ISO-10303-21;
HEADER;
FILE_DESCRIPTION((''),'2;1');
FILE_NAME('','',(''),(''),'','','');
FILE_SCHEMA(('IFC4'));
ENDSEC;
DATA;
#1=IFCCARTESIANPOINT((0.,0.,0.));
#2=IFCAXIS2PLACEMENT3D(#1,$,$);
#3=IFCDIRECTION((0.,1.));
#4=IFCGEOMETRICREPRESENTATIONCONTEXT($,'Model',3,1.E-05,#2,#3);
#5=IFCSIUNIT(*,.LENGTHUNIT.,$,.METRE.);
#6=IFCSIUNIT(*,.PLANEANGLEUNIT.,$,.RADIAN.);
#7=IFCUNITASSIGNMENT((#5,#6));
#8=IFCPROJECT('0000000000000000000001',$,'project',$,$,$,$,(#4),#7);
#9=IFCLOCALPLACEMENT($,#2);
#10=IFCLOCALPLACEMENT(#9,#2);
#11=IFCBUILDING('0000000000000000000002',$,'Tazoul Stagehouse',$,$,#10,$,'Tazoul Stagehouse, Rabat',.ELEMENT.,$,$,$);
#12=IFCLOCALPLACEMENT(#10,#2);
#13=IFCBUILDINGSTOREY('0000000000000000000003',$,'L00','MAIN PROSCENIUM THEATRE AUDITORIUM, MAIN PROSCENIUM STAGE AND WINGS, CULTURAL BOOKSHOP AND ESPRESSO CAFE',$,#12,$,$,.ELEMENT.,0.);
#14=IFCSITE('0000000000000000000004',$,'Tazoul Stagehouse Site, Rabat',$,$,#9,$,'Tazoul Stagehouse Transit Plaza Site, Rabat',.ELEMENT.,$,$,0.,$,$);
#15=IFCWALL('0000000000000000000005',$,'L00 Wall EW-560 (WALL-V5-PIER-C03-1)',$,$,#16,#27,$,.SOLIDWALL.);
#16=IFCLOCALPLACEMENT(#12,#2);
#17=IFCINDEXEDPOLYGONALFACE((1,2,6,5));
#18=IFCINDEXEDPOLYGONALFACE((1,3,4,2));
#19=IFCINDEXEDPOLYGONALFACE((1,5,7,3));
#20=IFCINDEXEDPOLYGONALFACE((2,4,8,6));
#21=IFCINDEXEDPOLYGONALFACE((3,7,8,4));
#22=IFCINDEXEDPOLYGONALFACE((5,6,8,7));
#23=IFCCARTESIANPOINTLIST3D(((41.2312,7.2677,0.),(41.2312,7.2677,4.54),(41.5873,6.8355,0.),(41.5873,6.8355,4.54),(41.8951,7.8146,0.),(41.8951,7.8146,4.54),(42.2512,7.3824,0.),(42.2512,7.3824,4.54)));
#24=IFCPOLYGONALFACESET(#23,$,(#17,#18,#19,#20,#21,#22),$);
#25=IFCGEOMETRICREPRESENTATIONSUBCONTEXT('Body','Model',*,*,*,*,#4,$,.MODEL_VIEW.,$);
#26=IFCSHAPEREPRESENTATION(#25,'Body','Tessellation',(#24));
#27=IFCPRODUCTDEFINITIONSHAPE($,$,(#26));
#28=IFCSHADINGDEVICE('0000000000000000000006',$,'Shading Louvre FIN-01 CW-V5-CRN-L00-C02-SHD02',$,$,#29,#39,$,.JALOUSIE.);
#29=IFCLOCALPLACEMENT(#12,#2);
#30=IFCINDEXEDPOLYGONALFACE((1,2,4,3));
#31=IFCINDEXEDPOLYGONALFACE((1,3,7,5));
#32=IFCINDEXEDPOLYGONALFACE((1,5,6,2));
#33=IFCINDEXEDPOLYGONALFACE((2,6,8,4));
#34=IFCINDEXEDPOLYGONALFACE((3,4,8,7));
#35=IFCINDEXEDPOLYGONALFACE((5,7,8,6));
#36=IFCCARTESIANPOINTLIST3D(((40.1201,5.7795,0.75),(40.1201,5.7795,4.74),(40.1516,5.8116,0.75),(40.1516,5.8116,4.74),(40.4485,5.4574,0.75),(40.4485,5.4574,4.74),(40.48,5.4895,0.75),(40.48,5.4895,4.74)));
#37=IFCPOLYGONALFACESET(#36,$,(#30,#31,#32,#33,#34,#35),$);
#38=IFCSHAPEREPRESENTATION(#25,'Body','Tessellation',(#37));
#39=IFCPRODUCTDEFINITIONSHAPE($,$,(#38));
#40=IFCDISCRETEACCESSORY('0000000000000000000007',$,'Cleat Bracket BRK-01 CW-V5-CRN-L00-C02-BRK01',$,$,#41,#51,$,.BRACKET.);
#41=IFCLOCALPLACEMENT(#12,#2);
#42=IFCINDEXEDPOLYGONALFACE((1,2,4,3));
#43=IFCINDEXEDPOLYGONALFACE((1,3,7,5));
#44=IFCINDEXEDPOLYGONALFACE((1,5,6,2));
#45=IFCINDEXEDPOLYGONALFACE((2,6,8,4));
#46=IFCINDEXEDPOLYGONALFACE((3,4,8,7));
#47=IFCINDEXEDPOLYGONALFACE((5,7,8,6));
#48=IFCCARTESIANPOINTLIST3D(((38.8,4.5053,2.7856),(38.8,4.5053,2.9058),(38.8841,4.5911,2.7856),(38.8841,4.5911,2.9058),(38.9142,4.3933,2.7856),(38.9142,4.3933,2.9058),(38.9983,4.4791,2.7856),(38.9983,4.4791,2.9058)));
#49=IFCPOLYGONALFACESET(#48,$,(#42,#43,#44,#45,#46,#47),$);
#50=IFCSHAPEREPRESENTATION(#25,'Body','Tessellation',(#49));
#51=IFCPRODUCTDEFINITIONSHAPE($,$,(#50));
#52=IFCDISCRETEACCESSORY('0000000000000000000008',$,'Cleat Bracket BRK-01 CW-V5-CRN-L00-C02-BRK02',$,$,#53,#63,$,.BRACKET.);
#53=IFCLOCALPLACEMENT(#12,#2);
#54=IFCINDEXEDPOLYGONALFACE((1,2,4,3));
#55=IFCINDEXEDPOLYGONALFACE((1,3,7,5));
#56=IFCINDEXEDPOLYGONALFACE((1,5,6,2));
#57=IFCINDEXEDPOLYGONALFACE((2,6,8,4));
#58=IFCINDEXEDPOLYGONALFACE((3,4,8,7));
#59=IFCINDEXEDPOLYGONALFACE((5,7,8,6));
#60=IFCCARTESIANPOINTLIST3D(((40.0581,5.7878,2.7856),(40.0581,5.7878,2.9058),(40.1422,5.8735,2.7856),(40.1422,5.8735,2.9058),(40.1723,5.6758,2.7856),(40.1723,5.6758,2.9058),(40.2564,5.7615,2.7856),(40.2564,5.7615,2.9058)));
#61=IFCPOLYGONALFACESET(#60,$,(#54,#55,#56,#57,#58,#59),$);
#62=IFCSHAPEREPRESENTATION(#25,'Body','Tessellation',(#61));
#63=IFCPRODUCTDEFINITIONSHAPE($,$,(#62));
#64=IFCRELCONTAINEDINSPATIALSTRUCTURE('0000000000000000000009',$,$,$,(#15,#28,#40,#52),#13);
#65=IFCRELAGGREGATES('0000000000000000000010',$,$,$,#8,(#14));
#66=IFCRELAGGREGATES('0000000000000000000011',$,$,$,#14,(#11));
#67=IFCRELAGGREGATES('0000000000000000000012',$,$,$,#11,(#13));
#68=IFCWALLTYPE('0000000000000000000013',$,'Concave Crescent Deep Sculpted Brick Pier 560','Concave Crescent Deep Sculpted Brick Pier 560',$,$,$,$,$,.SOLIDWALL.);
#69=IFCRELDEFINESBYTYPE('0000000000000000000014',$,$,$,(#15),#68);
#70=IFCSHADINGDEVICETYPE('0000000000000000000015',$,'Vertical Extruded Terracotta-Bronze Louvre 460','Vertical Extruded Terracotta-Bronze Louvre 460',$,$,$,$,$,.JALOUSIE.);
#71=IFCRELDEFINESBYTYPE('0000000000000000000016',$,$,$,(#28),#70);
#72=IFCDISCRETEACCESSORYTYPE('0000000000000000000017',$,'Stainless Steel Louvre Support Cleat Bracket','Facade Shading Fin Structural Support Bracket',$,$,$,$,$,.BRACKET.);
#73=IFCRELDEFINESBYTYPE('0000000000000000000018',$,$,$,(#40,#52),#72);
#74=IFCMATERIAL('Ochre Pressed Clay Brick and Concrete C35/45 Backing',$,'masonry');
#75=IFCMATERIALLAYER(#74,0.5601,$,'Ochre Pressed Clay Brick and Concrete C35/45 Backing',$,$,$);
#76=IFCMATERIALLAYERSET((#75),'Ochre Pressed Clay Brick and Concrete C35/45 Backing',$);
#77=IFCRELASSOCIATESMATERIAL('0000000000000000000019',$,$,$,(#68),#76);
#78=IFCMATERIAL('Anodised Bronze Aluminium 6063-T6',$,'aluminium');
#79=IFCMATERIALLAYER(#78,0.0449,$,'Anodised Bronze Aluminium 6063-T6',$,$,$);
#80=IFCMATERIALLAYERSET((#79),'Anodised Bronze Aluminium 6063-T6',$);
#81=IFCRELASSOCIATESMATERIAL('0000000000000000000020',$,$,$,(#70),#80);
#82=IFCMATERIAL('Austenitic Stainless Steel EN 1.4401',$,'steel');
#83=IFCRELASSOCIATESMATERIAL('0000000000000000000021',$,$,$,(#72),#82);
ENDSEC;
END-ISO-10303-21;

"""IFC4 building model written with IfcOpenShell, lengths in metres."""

from ifc_helpers import new_model, si_unit, direction, frame, frame_2d, origin, origin_2d, place, context, subcontext, project, spatial, rectangle, extrude, material, layer, layer_set, type_object, element, save


model = new_model("IFC4")

# Units and contexts
model_context = context("Model", 3, precision=1e-05, world=origin(), true_north=direction((0.0, 1.0)))
body_context = subcontext(model_context, "Body", "Model", "MODEL_VIEW")
ifc_project = project(units=[si_unit("LENGTHUNIT", "METRE"), si_unit("PLANEANGLEUNIT", "RADIAN")], contexts=[model_context])

# Site, building, storey
site_placement = place(None, origin())
site = spatial("IfcSite", under=ifc_project, at=site_placement, Name="Tazoul Stagehouse Site, Rabat", LongName="Tazoul Stagehouse Transit Plaza Site, Rabat", CompositionType="ELEMENT", RefElevation=0.0)
building_placement = place(site_placement, origin())
building = spatial("IfcBuilding", under=site, at=building_placement, Name="Tazoul Stagehouse", LongName="Tazoul Stagehouse, Rabat", CompositionType="ELEMENT")
storey_placement = place(building_placement, origin())
storey = spatial("IfcBuildingStorey", under=building, at=storey_placement, Name="L00", Description="MAIN PROSCENIUM THEATRE AUDITORIUM, MAIN PROSCENIUM STAGE AND WINGS, CULTURAL BOOKSHOP AND ESPRESSO CAFE", CompositionType="ELEMENT", Elevation=0.0)

# Wall
ifc_material_1 = material(Name="Ochre Pressed Clay Brick and Concrete C35/45 Backing", Category="masonry")
ifc_layer_1 = layer(ifc_material_1, 0.5601, Name="Ochre Pressed Clay Brick and Concrete C35/45 Backing")
ifc_layer_set_1 = layer_set([ifc_layer_1], Name="Ochre Pressed Clay Brick and Concrete C35/45 Backing")
wall_type = type_object("IfcWallType", Name="Concave Crescent Deep Sculpted Brick Pier 560", Description="Concave Crescent Deep Sculpted Brick Pier 560", PredefinedType="SOLIDWALL", material=ifc_layer_set_1)
wall_placement = place(storey_placement, frame((41.4092, 7.0515, 0.0), z_axis=(0.0, 0.0, 1.0), x_axis=(0.771816, 0.635847, 0.0)))
element("IfcWall", 1, at=wall_placement, inside=storey, type_object=wall_type, Name="L00 Wall EW-560 (WALL-V5-PIER-C03-1)", PredefinedType="SOLIDWALL", context=body_context, shape_type="SweptSolid", body=[
    extrude(rectangle(XDim=0.8601, YDim=0.5601, at=frame_2d((0.4302, 0.0))), origin(), (0.0, 0.0, 1.0), 4.54),
])

# Shading device
ifc_material_2 = material(Name="Anodised Bronze Aluminium 6063-T6", Category="aluminium")
ifc_layer_2 = layer(ifc_material_2, 0.0449, Name="Anodised Bronze Aluminium 6063-T6")
ifc_layer_set_2 = layer_set([ifc_layer_2], Name="Anodised Bronze Aluminium 6063-T6")
shading_device_type = type_object("IfcShadingDeviceType", Name="Vertical Extruded Terracotta-Bronze Louvre 460", Description="Vertical Extruded Terracotta-Bronze Louvre 460", PredefinedType="JALOUSIE", material=ifc_layer_set_2)
shading_device_placement = place(storey_placement, frame((40.3, 5.6345, 0.75), z_axis=(0.0, 0.0, 1.0), x_axis=(0.700247, 0.713901, 0.0)))
element("IfcShadingDevice", 2, at=shading_device_placement, inside=storey, type_object=shading_device_type, Name="Shading Louvre FIN-01 CW-V5-CRN-L00-C02-SHD02", PredefinedType="JALOUSIE", context=body_context, shape_type="SweptSolid", body=[
    extrude(rectangle(XDim=0.0449, YDim=0.46, at=origin_2d()), origin(), (0.0, 0.0, 1.0), 3.99),
])

# Discrete accessories
ifc_material_3 = material(Name="Austenitic Stainless Steel EN 1.4401", Category="steel")
discrete_accessory_type = type_object("IfcDiscreteAccessoryType", Name="Stainless Steel Louvre Support Cleat Bracket", Description="Facade Shading Fin Structural Support Bracket", PredefinedType="BRACKET", material=ifc_material_3)
for number, where, z_axis, x_axis, name in (
    (3, (38.8992, 4.4922, 2.7856), (0.0, 0.0, 1.0), (0.700247, 0.713901, 0.0), "Cleat Bracket BRK-01 CW-V5-CRN-L00-C02-BRK01"),
    (4, (40.1572, 5.7747, 2.7856), (0.0, 0.0, 1.0), (0.700247, 0.713901, 0.0), "Cleat Bracket BRK-01 CW-V5-CRN-L00-C02-BRK02"),
):
    element("IfcDiscreteAccessory", number, at=place(storey_placement, frame(where, z_axis=z_axis, x_axis=x_axis)), inside=storey, type_object=discrete_accessory_type, Name=name, PredefinedType="BRACKET", context=body_context, shape_type="SweptSolid", body=[
        extrude(rectangle(XDim=0.1201, YDim=0.1599, at=origin_2d()), origin(), (0.0, 0.0, 1.0), 0.1201),
    ])

save(model, "model.ifc")
